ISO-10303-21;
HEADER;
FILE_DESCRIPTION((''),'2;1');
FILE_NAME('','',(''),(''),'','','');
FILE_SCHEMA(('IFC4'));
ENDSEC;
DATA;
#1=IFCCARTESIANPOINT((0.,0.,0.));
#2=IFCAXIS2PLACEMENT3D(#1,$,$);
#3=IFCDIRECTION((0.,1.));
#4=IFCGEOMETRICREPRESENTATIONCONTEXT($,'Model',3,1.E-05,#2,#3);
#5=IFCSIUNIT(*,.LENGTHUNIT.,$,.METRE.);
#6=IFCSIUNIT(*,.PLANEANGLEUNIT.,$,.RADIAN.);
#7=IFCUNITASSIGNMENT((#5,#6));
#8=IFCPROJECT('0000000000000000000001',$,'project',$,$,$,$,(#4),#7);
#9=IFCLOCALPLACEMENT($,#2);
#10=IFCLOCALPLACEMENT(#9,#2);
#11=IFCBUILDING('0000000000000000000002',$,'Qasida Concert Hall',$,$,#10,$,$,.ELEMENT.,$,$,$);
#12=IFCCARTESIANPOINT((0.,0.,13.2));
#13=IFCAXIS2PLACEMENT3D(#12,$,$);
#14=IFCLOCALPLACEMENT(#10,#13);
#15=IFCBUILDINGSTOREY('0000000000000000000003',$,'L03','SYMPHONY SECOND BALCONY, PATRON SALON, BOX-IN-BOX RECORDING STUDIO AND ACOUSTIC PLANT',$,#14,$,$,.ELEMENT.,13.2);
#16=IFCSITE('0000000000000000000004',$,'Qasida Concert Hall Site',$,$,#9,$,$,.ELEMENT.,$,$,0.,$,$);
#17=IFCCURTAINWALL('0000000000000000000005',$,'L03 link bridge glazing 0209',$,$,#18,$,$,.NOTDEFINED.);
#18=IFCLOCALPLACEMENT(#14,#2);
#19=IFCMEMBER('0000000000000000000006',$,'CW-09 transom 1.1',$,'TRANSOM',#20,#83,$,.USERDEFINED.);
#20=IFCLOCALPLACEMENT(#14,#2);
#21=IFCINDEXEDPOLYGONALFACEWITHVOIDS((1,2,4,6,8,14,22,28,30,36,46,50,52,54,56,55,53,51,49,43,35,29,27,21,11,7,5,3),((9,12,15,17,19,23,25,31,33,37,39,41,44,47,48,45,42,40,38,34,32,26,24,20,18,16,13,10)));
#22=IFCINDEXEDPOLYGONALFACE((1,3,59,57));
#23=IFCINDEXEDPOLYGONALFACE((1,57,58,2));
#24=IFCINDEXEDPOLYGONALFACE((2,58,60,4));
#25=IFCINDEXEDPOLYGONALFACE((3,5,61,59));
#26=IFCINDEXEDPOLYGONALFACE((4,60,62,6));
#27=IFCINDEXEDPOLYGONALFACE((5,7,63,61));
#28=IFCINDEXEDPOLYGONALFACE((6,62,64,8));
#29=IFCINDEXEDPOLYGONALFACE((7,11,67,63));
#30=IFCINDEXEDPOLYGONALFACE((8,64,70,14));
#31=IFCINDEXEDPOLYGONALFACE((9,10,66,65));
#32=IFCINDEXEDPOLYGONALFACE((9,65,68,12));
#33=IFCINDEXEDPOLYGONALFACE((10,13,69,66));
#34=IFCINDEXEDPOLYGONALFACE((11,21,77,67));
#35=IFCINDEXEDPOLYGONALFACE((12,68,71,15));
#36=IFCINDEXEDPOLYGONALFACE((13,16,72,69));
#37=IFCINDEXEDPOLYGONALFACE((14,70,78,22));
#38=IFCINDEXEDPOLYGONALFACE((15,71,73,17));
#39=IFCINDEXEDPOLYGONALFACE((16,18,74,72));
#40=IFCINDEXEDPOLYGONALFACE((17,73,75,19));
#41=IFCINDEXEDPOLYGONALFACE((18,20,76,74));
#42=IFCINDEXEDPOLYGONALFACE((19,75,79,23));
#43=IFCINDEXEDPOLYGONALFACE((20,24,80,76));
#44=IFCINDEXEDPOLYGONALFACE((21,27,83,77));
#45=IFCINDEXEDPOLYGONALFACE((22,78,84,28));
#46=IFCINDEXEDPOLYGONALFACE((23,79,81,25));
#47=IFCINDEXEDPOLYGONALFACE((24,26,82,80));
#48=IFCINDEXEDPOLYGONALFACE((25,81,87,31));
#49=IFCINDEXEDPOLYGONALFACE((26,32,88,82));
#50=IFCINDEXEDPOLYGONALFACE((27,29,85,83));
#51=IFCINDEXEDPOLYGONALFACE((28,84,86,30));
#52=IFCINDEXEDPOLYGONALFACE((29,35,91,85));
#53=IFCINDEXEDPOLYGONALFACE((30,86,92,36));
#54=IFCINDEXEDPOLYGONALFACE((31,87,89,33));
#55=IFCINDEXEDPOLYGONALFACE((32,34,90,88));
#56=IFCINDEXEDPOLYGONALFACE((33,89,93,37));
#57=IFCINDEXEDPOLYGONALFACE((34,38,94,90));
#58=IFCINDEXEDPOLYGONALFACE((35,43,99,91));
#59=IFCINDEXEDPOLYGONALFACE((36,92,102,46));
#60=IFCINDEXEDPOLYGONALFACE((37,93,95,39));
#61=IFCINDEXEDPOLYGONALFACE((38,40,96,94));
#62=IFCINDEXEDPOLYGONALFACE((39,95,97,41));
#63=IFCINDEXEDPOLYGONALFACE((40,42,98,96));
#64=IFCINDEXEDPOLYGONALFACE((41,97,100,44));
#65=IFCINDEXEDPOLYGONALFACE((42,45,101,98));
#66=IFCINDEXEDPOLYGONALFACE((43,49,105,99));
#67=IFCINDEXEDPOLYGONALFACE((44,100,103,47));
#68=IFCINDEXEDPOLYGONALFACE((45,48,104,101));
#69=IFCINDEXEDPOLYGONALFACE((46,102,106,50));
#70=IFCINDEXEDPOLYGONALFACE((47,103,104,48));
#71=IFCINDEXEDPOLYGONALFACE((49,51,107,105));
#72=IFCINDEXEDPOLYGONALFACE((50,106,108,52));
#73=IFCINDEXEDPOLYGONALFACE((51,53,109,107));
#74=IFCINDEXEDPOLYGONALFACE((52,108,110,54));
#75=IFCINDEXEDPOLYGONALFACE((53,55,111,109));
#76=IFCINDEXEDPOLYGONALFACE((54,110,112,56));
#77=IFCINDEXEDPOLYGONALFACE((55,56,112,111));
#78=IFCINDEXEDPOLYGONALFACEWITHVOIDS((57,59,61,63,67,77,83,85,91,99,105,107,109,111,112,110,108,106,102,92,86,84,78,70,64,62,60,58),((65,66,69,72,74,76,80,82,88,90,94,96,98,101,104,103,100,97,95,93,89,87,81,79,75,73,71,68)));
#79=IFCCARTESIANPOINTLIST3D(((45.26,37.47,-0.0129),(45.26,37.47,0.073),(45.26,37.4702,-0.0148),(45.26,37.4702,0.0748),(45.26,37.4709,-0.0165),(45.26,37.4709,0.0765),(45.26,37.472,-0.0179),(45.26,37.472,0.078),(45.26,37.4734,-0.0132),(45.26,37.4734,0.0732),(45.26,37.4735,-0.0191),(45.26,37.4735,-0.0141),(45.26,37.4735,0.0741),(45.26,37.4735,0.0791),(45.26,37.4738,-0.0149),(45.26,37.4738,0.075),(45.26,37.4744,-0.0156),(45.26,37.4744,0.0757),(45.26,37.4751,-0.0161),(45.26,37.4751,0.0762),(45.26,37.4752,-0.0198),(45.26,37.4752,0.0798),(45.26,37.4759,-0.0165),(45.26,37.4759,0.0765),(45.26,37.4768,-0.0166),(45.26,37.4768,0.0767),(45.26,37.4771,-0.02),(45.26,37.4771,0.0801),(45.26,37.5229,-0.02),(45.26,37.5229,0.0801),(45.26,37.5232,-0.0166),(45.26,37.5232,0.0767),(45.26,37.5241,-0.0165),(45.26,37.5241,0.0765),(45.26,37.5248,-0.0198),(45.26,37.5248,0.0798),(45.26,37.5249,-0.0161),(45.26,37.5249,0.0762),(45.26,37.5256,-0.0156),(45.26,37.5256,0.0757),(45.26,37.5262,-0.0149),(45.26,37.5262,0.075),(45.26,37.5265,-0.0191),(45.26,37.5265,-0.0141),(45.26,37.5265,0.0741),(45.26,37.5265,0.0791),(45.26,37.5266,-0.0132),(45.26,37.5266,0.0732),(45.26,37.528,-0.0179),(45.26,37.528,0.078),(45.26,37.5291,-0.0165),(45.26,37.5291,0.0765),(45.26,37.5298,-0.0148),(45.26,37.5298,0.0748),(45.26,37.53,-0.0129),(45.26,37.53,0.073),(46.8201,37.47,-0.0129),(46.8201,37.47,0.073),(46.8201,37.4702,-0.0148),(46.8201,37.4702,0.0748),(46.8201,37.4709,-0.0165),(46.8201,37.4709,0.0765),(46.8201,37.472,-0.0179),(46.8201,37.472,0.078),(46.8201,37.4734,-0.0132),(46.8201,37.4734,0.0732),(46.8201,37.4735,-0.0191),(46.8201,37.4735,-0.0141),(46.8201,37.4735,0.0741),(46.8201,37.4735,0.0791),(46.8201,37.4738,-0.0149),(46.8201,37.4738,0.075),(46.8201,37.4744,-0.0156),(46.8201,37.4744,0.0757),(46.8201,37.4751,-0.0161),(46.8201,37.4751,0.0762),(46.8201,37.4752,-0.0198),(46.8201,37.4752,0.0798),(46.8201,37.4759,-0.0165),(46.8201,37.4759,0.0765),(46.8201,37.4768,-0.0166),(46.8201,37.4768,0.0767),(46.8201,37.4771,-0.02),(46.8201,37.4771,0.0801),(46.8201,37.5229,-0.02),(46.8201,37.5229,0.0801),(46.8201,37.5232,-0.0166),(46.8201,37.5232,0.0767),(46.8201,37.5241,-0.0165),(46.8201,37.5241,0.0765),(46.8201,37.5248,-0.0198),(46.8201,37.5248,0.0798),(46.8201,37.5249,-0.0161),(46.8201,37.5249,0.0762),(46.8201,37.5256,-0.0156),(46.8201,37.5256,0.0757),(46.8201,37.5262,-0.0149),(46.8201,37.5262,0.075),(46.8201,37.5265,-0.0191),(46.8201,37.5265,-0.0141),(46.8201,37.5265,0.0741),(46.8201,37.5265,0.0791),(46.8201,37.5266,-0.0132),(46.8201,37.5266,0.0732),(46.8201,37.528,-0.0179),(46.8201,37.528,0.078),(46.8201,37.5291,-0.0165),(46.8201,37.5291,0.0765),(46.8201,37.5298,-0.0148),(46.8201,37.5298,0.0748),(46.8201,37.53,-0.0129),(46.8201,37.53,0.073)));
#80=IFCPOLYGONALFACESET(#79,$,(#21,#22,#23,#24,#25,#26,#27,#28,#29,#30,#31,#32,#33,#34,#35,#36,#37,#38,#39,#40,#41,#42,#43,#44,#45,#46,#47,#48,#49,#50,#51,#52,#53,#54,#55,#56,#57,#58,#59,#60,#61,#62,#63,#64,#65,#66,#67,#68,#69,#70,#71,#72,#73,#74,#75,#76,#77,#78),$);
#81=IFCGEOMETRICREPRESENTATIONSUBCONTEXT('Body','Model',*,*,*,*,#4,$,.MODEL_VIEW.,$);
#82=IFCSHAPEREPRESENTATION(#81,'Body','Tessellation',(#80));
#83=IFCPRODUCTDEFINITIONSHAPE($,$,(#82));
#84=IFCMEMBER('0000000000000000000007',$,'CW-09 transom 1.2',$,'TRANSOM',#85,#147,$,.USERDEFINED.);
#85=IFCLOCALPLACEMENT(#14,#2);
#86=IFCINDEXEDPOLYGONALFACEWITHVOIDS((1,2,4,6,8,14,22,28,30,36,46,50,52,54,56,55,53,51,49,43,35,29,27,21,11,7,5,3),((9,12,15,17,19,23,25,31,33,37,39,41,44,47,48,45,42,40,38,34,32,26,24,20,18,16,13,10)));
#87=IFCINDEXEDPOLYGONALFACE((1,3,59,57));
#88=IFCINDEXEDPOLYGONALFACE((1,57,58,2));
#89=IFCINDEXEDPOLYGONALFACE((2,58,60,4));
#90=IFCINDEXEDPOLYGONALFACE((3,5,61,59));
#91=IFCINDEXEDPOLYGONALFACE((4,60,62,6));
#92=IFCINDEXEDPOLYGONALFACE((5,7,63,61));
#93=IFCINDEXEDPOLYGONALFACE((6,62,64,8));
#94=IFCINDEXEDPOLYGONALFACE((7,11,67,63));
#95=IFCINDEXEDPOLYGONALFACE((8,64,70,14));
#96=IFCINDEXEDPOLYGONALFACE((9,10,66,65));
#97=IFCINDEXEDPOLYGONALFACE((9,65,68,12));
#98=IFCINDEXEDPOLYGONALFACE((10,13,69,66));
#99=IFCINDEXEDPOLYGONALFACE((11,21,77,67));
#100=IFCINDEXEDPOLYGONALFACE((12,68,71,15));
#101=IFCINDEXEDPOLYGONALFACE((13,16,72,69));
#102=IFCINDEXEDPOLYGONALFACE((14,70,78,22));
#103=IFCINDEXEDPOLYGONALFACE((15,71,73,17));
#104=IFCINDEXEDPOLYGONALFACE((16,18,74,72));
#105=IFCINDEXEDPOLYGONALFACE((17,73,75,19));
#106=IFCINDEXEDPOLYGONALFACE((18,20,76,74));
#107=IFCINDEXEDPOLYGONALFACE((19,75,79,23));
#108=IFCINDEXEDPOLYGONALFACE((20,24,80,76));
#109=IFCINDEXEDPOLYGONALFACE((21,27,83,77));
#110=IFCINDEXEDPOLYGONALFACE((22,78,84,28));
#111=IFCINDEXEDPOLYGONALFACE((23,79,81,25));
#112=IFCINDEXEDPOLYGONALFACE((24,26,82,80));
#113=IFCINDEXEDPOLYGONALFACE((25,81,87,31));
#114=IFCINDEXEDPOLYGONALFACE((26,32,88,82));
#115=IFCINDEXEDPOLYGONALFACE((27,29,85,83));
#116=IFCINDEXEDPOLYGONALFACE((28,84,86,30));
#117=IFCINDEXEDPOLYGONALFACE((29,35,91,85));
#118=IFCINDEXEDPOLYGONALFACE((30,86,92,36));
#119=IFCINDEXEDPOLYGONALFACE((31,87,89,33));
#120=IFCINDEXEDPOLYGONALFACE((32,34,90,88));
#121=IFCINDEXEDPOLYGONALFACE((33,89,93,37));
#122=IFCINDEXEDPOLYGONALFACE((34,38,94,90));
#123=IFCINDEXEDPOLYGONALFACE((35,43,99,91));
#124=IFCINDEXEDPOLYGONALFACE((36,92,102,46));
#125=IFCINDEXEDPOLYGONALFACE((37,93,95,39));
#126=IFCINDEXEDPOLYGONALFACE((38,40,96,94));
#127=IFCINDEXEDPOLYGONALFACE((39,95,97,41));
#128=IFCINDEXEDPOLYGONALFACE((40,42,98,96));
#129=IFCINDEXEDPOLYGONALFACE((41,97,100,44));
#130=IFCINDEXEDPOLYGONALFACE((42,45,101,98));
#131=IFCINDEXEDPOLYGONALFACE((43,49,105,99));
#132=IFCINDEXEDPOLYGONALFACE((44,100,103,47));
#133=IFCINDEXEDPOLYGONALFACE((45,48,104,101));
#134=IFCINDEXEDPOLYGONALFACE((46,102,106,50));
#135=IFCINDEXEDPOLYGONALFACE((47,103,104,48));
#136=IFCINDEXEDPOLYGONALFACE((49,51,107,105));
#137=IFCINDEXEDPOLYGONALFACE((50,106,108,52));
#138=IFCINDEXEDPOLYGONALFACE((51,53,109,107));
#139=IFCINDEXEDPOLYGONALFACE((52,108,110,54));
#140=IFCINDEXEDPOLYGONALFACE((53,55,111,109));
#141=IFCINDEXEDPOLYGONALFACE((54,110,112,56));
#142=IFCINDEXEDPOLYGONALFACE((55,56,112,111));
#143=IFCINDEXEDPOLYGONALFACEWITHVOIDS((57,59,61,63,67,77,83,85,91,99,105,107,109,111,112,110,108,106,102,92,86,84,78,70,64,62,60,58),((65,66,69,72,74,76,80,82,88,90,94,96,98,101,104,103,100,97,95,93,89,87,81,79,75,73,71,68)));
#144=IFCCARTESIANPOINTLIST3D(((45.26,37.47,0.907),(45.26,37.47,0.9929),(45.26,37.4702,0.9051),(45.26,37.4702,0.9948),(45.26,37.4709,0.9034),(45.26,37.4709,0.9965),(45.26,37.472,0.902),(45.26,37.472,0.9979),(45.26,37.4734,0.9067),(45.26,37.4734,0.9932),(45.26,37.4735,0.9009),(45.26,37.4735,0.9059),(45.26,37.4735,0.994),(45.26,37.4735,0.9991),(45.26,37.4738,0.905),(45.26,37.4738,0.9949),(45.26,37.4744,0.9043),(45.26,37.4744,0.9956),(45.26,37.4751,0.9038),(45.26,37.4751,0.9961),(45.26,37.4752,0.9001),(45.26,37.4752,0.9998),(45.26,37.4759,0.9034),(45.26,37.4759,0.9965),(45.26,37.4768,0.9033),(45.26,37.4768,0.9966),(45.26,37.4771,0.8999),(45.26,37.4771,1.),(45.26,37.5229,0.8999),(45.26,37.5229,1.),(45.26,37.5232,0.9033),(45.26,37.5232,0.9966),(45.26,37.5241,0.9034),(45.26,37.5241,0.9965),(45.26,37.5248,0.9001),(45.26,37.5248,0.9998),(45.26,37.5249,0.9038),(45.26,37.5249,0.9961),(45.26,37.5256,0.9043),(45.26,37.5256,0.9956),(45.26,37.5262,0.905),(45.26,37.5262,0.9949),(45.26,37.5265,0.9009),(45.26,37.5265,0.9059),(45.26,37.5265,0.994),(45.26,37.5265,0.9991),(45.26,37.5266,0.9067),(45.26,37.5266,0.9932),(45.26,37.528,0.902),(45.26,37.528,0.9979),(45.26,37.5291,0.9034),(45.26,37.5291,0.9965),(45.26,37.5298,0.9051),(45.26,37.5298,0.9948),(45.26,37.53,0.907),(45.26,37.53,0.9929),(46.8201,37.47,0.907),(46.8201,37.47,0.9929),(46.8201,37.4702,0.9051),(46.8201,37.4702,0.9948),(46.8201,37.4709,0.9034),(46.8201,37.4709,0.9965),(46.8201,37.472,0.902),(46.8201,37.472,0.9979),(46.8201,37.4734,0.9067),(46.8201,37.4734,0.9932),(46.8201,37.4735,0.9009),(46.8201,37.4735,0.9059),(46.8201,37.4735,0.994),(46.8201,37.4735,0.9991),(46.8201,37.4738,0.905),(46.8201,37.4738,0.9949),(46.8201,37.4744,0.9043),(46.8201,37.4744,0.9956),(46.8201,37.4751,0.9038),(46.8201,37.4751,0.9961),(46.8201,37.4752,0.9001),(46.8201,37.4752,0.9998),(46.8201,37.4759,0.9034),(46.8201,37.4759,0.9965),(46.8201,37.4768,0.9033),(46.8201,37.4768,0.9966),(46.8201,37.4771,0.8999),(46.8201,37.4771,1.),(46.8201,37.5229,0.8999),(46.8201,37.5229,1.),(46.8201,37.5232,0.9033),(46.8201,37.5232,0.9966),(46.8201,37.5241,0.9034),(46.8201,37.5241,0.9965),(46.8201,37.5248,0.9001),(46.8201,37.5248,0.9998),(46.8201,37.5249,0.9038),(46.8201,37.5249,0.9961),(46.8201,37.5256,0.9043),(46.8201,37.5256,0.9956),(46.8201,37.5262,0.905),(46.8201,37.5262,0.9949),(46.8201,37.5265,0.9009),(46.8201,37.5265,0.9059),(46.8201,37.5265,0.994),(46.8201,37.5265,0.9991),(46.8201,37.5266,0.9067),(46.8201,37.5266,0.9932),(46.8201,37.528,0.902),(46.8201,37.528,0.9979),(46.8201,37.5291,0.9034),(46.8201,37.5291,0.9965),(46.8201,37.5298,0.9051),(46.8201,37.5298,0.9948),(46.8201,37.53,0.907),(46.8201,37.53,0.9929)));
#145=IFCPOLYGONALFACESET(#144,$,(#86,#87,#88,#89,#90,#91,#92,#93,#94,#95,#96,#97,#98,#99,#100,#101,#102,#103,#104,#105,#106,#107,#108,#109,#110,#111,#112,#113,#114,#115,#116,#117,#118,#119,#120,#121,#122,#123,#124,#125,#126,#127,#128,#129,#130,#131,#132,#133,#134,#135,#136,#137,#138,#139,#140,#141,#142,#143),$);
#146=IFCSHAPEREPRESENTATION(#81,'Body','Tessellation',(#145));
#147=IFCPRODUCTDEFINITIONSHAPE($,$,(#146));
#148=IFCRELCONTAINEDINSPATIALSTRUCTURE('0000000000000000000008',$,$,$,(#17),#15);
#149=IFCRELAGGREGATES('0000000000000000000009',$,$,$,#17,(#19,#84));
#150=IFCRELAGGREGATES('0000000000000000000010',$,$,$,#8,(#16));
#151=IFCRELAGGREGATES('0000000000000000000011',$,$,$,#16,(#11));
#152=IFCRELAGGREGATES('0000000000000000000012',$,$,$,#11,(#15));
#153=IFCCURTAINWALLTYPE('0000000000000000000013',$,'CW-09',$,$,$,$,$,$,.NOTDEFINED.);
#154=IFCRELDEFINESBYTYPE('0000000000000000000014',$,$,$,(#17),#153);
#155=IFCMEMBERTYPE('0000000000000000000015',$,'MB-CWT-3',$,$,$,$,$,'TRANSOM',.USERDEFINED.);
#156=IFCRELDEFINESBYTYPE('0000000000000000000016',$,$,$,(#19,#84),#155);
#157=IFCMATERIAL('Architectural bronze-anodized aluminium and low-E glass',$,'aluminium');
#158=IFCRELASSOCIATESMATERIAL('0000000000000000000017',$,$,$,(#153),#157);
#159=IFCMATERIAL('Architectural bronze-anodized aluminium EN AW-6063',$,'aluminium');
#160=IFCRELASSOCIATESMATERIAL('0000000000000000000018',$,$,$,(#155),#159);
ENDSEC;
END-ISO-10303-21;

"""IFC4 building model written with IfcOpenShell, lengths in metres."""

from ifc_helpers import new_model, si_unit, direction, frame, origin, origin_2d, place, context, subcontext, project, spatial, hollow_rectangle, extrude, material, material_profile, profile_set, type_object, element, aggregate, save


model = new_model("IFC4")

# Units and contexts
model_context = context("Model", 3, precision=1e-05, world=origin(), true_north=direction((0.0, 1.0)))
body_context = subcontext(model_context, "Body", "Model", "MODEL_VIEW")
ifc_project = project(units=[si_unit("LENGTHUNIT", "METRE"), si_unit("PLANEANGLEUNIT", "RADIAN")], contexts=[model_context])

# Site, building, storey
site_placement = place(None, origin())
site = spatial("IfcSite", under=ifc_project, at=site_placement, Name="Qasida Concert Hall Site", CompositionType="ELEMENT", RefElevation=0.0)
building_placement = place(site_placement, origin())
building = spatial("IfcBuilding", under=site, at=building_placement, Name="Qasida Concert Hall", CompositionType="ELEMENT")
storey_placement = place(building_placement, frame((0.0, 0.0, 13.2)))
storey = spatial("IfcBuildingStorey", under=building, at=storey_placement, Name="L03", Description="SYMPHONY SECOND BALCONY, PATRON SALON, BOX-IN-BOX RECORDING STUDIO AND ACOUSTIC PLANT", CompositionType="ELEMENT", Elevation=13.2)

# Shared definitions
ifc_material_1 = material(Name="Architectural bronze-anodized aluminium and low-E glass", Category="aluminium")
curtain_wall_type = type_object("IfcCurtainWallType", Name="CW-09", PredefinedType="NOTDEFINED", material=ifc_material_1)
ifc_material_2 = material(Name="Architectural bronze-anodized aluminium EN AW-6063", Category="aluminium")

# Curtain wall
curtain_wall_1_placement = place(storey_placement, origin())
curtain_wall_1 = element("IfcCurtainWall", 1, at=curtain_wall_1_placement, inside=storey, type_object=curtain_wall_type, Name="L03 link bridge glazing 0209", PredefinedType="NOTDEFINED")

# Members
ifc_material_profile_1 = material_profile(ifc_material_2, hollow_rectangle(XDim=0.0601, YDim=0.1001, WallThickness=0.0034, InnerFilletRadius=0.0034, OuterFilletRadius=0.0071, at=origin_2d()), Name="CWT 100x60x3.5")
ifc_profile_set_1 = profile_set([ifc_material_profile_1], Name="Architectural bronze-anodized aluminium EN AW-6063")
member_type_1 = type_object("IfcMemberType", Name="MB-CWT-3", ElementType="TRANSOM", PredefinedType="USERDEFINED", material=ifc_profile_set_1)
member_1_placement = place(storey_placement, frame((45.26, 37.5, 0.03), z_axis=(1.0, 0.0, 0.0), x_axis=(0.0, 1.0, 0.0)))
member_1 = element("IfcMember", 2, at=member_1_placement, type_object=member_type_1, Name="CW-09 transom 1.1", ObjectType="TRANSOM", PredefinedType="USERDEFINED", context=body_context, shape_type="SweptSolid", body=[
    extrude(hollow_rectangle(XDim=0.0601, YDim=0.1001, WallThickness=0.0034, InnerFilletRadius=0.0034, OuterFilletRadius=0.0071, at=origin_2d()), origin(), (0.0, 0.0, 1.0), 1.5601),
])
member_2_placement = place(storey_placement, frame((45.26, 37.5, 0.95), z_axis=(1.0, 0.0, 0.0), x_axis=(0.0, 1.0, 0.0)))
member_2 = element("IfcMember", 3, at=member_2_placement, type_object=member_type_1, Name="CW-09 transom 1.2", ObjectType="TRANSOM", PredefinedType="USERDEFINED", context=body_context, shape_type="SweptSolid", body=[
    extrude(hollow_rectangle(XDim=0.0601, YDim=0.1001, WallThickness=0.0034, InnerFilletRadius=0.0034, OuterFilletRadius=0.0071, at=origin_2d()), origin(), (0.0, 0.0, 1.0), 1.5601),
])

aggregate(curtain_wall_1, [member_1, member_2])

save(model, "model.ifc")
